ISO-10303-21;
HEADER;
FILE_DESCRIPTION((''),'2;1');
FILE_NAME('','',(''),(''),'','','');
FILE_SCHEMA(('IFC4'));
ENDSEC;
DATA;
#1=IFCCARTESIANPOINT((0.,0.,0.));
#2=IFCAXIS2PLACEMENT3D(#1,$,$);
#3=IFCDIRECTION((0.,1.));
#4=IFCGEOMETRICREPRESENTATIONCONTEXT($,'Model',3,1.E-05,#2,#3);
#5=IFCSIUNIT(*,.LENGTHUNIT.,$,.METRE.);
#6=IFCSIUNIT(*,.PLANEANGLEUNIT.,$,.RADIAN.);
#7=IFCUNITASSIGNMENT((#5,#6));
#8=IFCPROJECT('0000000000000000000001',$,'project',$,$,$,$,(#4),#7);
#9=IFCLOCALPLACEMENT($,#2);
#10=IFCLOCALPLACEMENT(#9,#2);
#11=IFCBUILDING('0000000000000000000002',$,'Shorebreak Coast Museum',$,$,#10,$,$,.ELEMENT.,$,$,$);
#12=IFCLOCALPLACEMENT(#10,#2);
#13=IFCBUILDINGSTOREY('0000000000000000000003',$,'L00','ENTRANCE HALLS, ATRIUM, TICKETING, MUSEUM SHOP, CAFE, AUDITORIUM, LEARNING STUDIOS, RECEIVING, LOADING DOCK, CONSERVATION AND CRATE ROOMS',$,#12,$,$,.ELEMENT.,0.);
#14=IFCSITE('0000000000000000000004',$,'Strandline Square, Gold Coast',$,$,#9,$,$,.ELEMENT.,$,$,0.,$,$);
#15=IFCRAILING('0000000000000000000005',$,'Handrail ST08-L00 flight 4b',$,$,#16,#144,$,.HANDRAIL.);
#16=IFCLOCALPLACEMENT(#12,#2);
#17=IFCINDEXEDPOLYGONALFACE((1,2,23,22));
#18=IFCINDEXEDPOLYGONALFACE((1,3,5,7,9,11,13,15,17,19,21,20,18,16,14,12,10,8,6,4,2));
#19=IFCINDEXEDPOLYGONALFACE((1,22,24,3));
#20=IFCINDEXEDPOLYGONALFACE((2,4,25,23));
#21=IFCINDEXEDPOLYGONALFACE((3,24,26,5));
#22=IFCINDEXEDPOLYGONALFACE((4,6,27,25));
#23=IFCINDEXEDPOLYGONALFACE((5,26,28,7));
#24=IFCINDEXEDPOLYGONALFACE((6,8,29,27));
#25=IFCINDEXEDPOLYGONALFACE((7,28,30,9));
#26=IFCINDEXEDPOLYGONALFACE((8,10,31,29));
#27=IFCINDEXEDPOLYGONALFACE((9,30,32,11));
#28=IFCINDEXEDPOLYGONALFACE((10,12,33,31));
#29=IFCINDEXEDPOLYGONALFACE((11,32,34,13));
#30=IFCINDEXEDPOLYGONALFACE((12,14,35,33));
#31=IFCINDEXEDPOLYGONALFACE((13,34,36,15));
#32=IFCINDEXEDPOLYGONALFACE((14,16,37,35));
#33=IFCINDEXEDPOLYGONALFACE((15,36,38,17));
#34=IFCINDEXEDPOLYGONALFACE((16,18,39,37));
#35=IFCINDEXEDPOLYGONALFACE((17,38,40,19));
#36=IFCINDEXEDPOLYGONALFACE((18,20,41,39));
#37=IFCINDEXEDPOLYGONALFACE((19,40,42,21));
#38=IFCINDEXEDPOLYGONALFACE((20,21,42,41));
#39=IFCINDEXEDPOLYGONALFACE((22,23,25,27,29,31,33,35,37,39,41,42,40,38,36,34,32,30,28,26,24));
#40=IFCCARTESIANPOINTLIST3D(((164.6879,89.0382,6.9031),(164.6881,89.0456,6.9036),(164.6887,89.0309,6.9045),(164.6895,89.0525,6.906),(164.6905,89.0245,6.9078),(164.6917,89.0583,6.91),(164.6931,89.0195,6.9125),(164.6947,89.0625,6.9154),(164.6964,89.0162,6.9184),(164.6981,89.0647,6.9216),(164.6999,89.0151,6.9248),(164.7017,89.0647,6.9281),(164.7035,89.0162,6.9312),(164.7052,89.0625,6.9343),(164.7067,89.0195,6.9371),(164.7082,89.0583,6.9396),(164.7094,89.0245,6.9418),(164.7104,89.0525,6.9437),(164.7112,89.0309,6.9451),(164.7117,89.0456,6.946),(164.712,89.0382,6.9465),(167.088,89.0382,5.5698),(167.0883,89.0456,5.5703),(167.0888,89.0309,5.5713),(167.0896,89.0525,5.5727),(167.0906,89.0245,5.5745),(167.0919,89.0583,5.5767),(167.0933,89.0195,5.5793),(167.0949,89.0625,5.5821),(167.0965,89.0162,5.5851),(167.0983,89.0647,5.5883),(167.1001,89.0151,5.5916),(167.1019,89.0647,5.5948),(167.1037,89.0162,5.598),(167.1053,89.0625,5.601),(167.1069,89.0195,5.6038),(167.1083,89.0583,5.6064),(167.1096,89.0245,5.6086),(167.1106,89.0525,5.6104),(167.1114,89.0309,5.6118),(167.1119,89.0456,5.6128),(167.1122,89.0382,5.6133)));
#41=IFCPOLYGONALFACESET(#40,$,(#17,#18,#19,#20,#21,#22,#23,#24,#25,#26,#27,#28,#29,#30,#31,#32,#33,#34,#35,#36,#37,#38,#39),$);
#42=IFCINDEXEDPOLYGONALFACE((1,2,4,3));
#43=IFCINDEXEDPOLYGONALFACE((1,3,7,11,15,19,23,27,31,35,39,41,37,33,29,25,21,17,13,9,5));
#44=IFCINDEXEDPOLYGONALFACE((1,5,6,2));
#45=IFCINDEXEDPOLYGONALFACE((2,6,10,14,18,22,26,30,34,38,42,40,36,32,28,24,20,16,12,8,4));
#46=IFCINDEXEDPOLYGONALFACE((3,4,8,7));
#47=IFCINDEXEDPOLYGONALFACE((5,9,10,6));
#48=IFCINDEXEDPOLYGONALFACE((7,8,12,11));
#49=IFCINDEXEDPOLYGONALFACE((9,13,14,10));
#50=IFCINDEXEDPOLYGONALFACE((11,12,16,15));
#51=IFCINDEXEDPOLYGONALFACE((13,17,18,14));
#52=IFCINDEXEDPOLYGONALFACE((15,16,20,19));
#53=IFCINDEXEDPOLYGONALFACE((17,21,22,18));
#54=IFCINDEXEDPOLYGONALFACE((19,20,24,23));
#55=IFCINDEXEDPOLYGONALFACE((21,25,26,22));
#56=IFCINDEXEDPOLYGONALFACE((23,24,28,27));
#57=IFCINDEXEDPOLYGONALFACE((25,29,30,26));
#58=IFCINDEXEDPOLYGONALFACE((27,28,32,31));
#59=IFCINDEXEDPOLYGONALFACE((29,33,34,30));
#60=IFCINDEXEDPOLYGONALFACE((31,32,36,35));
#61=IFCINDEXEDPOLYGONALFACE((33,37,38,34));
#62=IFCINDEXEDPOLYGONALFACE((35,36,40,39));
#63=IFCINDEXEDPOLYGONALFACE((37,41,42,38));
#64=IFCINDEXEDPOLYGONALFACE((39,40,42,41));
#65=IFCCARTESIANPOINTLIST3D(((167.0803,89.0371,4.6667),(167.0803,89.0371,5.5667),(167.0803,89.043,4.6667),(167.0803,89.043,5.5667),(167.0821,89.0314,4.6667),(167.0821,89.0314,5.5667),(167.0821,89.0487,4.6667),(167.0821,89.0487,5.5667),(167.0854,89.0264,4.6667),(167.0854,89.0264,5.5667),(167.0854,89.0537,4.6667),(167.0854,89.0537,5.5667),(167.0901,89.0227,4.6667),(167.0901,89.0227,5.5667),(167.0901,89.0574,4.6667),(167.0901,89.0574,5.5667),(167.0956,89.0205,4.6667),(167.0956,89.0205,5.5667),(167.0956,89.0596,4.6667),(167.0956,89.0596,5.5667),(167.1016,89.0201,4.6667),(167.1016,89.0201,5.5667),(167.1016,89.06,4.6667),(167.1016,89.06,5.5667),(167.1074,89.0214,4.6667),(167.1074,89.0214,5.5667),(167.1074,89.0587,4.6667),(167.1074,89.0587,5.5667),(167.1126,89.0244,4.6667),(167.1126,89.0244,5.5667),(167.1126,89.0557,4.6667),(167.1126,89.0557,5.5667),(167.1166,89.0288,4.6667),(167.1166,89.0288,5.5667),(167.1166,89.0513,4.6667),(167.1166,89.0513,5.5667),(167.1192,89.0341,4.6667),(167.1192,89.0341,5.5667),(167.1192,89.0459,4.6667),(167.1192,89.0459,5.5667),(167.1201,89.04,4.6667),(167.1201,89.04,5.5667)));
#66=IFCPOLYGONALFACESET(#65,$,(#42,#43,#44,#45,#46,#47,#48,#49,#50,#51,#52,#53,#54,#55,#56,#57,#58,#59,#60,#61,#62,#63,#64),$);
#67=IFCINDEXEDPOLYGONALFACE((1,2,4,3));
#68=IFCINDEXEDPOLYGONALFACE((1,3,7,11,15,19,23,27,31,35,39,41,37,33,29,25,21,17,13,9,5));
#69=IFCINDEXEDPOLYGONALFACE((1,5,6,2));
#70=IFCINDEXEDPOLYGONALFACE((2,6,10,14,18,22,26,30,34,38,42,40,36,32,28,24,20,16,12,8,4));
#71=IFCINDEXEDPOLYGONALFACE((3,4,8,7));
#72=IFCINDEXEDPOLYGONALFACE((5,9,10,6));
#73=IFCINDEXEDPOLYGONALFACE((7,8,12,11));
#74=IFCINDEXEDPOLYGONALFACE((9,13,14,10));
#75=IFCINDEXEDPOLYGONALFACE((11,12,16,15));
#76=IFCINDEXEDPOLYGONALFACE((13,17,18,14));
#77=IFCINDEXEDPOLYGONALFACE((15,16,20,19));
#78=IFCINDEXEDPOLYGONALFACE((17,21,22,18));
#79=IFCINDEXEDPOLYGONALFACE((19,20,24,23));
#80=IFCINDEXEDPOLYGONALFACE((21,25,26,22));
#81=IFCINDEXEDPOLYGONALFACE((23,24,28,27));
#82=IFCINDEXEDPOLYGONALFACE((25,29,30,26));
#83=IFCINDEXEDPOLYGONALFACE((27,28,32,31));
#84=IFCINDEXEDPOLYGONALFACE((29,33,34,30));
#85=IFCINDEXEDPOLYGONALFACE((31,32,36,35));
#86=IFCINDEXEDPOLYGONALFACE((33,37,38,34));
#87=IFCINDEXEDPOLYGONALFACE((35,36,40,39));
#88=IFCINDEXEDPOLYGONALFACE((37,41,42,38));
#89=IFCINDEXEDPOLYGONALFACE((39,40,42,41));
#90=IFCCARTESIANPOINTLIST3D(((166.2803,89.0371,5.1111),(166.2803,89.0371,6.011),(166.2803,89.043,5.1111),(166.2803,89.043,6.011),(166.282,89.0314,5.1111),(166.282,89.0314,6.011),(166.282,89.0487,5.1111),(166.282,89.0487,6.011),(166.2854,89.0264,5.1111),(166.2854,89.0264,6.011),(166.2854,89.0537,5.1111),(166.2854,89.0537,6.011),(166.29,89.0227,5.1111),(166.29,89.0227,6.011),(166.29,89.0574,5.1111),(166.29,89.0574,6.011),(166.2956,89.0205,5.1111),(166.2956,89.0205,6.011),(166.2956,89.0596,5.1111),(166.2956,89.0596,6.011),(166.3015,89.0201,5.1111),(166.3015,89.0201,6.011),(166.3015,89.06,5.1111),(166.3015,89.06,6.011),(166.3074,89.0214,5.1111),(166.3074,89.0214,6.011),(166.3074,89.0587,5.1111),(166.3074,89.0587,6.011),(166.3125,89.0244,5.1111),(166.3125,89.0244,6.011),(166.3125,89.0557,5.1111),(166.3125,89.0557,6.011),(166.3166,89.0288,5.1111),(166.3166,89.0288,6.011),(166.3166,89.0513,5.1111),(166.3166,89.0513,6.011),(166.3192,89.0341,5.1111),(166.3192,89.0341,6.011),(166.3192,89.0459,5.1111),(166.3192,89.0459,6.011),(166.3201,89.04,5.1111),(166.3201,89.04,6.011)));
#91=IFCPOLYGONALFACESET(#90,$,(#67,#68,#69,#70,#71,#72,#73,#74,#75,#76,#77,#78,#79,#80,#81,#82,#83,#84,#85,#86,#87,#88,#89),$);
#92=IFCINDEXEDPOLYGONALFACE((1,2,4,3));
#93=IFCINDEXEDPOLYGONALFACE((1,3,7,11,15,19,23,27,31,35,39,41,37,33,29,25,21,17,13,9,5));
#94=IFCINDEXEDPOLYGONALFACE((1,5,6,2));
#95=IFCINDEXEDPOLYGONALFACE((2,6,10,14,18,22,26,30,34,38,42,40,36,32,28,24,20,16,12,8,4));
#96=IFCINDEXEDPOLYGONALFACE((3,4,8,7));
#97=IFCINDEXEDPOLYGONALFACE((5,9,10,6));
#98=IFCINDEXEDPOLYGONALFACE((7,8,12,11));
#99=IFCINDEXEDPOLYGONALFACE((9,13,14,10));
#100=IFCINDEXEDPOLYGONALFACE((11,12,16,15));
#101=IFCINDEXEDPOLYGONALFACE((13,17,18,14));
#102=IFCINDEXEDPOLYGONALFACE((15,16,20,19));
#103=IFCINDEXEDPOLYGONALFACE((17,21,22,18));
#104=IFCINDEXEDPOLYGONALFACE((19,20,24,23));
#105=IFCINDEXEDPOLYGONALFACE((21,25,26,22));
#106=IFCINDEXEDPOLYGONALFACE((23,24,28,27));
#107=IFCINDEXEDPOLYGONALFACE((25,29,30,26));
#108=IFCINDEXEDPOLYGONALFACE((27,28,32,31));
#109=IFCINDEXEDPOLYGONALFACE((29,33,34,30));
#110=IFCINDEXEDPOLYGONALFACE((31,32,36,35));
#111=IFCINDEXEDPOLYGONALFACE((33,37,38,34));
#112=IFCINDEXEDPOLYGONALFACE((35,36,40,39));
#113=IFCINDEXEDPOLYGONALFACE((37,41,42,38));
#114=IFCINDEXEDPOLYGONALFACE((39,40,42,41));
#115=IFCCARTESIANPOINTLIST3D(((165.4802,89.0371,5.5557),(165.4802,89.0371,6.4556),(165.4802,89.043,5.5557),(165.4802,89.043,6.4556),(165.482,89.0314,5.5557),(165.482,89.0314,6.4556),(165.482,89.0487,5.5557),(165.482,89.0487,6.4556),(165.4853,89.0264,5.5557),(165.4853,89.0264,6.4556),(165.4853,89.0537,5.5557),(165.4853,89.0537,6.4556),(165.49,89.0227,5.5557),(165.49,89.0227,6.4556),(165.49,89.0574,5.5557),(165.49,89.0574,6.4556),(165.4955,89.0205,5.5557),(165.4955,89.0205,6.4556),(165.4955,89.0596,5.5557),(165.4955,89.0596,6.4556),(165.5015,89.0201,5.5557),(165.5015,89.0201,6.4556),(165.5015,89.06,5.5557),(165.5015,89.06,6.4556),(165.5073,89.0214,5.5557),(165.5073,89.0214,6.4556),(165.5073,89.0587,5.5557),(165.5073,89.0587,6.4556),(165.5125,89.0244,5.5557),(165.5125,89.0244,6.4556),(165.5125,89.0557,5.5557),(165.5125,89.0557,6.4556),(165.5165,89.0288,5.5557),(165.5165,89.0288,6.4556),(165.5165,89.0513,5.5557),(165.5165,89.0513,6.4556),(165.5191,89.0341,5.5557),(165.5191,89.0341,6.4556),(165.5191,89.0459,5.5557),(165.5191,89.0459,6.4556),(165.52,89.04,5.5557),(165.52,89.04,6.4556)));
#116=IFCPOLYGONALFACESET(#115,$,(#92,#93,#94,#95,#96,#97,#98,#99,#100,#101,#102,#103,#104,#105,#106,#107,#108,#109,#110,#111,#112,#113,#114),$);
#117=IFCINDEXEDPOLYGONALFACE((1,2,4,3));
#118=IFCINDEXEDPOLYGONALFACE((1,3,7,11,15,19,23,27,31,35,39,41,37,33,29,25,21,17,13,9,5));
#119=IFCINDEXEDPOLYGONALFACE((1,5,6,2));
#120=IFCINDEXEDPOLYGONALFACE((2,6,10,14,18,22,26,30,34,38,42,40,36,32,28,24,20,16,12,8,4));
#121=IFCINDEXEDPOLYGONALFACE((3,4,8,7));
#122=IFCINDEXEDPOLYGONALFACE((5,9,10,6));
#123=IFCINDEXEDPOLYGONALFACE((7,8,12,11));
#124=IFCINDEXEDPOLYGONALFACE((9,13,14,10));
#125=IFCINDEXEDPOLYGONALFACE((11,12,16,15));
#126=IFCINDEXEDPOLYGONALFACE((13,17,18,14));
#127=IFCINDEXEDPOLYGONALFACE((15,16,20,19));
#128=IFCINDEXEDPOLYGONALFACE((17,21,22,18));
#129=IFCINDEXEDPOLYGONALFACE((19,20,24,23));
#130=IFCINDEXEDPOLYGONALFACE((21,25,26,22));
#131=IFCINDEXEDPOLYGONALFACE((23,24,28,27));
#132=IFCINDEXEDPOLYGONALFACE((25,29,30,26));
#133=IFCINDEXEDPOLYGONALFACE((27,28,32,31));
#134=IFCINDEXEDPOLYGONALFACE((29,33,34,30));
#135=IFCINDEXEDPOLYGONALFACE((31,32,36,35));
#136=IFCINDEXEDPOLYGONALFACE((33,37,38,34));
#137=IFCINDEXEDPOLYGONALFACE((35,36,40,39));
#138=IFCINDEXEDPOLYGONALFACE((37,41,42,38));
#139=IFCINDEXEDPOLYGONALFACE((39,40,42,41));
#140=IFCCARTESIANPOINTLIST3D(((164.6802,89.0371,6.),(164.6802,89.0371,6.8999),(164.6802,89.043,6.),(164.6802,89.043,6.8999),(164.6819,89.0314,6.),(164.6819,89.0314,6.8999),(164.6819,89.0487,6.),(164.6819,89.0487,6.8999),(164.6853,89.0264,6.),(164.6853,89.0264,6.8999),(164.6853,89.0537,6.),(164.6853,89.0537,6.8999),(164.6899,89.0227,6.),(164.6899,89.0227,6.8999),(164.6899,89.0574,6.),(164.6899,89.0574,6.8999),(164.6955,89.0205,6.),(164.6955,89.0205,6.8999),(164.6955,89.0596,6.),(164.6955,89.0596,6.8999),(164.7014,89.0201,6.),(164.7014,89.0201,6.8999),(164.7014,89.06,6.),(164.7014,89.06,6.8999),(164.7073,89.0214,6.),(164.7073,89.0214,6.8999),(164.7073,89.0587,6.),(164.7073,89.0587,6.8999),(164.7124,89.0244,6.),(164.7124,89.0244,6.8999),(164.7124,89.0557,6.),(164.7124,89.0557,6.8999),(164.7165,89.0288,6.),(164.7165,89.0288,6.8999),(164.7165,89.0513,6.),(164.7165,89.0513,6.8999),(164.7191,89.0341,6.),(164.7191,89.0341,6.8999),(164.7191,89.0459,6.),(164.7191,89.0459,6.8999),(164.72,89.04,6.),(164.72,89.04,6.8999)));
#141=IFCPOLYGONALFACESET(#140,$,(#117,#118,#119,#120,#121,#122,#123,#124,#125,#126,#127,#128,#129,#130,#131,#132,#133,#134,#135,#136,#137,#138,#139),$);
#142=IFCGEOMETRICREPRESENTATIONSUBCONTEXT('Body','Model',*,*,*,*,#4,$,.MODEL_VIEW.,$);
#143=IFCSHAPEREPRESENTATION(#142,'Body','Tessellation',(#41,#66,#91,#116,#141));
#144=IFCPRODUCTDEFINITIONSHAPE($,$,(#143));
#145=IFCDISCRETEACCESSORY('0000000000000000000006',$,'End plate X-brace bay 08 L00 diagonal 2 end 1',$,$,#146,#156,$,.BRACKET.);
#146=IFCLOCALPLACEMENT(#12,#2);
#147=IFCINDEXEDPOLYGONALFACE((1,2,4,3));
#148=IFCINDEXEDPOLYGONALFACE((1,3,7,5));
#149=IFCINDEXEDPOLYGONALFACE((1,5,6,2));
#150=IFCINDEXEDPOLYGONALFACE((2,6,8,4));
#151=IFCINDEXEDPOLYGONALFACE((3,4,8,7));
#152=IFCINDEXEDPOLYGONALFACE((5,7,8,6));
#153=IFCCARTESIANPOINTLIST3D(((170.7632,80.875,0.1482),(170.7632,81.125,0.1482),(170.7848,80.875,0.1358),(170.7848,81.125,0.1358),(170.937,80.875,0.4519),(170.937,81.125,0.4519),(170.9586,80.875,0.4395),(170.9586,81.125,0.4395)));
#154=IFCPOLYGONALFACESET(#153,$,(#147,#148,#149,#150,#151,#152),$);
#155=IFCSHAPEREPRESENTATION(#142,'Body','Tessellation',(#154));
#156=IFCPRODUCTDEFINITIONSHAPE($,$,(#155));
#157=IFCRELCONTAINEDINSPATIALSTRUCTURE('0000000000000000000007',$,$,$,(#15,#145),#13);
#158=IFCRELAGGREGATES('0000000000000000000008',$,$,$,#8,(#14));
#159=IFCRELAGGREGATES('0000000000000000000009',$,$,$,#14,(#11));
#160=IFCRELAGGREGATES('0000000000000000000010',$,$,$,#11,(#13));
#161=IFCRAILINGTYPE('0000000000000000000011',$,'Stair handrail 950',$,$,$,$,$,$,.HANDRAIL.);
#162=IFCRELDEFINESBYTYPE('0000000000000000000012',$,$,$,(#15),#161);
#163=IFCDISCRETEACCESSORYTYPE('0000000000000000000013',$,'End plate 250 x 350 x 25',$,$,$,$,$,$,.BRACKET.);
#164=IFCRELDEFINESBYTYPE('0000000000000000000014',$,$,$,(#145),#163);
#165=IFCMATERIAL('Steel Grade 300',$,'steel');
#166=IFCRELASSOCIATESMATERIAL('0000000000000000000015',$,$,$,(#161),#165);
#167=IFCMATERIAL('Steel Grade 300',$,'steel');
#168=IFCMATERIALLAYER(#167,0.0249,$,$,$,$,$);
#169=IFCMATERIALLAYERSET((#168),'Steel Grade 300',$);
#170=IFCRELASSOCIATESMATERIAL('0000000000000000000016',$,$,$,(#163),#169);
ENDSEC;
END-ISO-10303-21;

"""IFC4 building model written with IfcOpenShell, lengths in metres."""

from ifc_helpers import new_model, si_unit, direction, frame, origin, origin_2d, place, context, subcontext, project, spatial, polyline, circle, outline, extrude, material, layer, layer_set, type_object, element, save


model = new_model("IFC4")

# Units and contexts
model_context = context("Model", 3, precision=1e-05, world=origin(), true_north=direction((0.0, 1.0)))
body_context = subcontext(model_context, "Body", "Model", "MODEL_VIEW")
ifc_project = project(units=[si_unit("LENGTHUNIT", "METRE"), si_unit("PLANEANGLEUNIT", "RADIAN")], contexts=[model_context])

# Site, building, storey
site_placement = place(None, origin())
site = spatial("IfcSite", under=ifc_project, at=site_placement, Name="Strandline Square, Gold Coast", CompositionType="ELEMENT", RefElevation=0.0)
building_placement = place(site_placement, origin())
building = spatial("IfcBuilding", under=site, at=building_placement, Name="Shorebreak Coast Museum", CompositionType="ELEMENT")
storey_placement = place(building_placement, origin())
storey = spatial("IfcBuildingStorey", under=building, at=storey_placement, Name="L00", Description="ENTRANCE HALLS, ATRIUM, TICKETING, MUSEUM SHOP, CAFE, AUDITORIUM, LEARNING STUDIOS, RECEIVING, LOADING DOCK, CONSERVATION AND CRATE ROOMS", CompositionType="ELEMENT", Elevation=0.0)

# Railing
ifc_material_1 = material(Name="Steel Grade 300", Category="steel")
railing_type_1 = type_object("IfcRailingType", Name="Stair handrail 950", PredefinedType="HANDRAIL", material=ifc_material_1)
for number, where, name in (
    (1, (167.1001, 89.04, 4.6667), "Handrail ST08-L00 flight 4b"),
):
    element("IfcRailing", number, at=place(storey_placement, frame(where)), inside=storey, type_object=railing_type_1, Name=name, PredefinedType="HANDRAIL", context=body_context, shape_type="SweptSolid", body=[
        extrude(circle(Radius=0.0249, at=origin_2d()), frame((0.0, 0.0, 0.9248), z_axis=(-0.874182, 0.0, 0.485598), x_axis=(0.0, -1.0, 0.0)), (0.0, 0.0, 1.0), 2.7456),
        extrude(circle(Radius=0.02, at=origin_2d()), origin(), (0.0, 0.0, 1.0), 0.8999),
        extrude(circle(Radius=0.02, at=origin_2d()), frame((-0.8, 0.0, 0.4443)), (0.0, 0.0, 1.0), 0.8999),
        extrude(circle(Radius=0.02, at=origin_2d()), frame((-1.6001, 0.0, 0.8889)), (0.0, 0.0, 1.0), 0.8999),
        extrude(circle(Radius=0.02, at=origin_2d()), frame((-2.4001, 0.0, 1.3333)), (0.0, 0.0, 1.0), 0.8999),
    ])

# Discrete accessory
ifc_material_2 = material(Name="Steel Grade 300", Category="steel")
ifc_layer_1 = layer(ifc_material_2, 0.0249)
ifc_layer_set_1 = layer_set([ifc_layer_1], Name="Steel Grade 300")
discrete_accessory_type = type_object("IfcDiscreteAccessoryType", Name="End plate 250 x 350 x 25", PredefinedType="BRACKET", material=ifc_layer_set_1)
discrete_accessory_placement = place(storey_placement, frame((170.7632, 81.125, 0.1482), z_axis=(-0.867899, 0.0, 0.49674), x_axis=(0.0, -1.0, 0.0)))
element("IfcDiscreteAccessory", 2, at=discrete_accessory_placement, inside=storey, type_object=discrete_accessory_type, Name="End plate X-brace bay 08 L00 diagonal 2 end 1", PredefinedType="BRACKET", context=body_context, shape_type="SweptSolid", body=[
    extrude(outline(polyline([(0.0, 0.0), (0.25, 0.0), (0.25, 0.3499), (0.0, 0.3499), (0.0, 0.0)])), origin(), (0.0, 0.0, -1.0), 0.0249),
])

save(model, "model.ifc")
